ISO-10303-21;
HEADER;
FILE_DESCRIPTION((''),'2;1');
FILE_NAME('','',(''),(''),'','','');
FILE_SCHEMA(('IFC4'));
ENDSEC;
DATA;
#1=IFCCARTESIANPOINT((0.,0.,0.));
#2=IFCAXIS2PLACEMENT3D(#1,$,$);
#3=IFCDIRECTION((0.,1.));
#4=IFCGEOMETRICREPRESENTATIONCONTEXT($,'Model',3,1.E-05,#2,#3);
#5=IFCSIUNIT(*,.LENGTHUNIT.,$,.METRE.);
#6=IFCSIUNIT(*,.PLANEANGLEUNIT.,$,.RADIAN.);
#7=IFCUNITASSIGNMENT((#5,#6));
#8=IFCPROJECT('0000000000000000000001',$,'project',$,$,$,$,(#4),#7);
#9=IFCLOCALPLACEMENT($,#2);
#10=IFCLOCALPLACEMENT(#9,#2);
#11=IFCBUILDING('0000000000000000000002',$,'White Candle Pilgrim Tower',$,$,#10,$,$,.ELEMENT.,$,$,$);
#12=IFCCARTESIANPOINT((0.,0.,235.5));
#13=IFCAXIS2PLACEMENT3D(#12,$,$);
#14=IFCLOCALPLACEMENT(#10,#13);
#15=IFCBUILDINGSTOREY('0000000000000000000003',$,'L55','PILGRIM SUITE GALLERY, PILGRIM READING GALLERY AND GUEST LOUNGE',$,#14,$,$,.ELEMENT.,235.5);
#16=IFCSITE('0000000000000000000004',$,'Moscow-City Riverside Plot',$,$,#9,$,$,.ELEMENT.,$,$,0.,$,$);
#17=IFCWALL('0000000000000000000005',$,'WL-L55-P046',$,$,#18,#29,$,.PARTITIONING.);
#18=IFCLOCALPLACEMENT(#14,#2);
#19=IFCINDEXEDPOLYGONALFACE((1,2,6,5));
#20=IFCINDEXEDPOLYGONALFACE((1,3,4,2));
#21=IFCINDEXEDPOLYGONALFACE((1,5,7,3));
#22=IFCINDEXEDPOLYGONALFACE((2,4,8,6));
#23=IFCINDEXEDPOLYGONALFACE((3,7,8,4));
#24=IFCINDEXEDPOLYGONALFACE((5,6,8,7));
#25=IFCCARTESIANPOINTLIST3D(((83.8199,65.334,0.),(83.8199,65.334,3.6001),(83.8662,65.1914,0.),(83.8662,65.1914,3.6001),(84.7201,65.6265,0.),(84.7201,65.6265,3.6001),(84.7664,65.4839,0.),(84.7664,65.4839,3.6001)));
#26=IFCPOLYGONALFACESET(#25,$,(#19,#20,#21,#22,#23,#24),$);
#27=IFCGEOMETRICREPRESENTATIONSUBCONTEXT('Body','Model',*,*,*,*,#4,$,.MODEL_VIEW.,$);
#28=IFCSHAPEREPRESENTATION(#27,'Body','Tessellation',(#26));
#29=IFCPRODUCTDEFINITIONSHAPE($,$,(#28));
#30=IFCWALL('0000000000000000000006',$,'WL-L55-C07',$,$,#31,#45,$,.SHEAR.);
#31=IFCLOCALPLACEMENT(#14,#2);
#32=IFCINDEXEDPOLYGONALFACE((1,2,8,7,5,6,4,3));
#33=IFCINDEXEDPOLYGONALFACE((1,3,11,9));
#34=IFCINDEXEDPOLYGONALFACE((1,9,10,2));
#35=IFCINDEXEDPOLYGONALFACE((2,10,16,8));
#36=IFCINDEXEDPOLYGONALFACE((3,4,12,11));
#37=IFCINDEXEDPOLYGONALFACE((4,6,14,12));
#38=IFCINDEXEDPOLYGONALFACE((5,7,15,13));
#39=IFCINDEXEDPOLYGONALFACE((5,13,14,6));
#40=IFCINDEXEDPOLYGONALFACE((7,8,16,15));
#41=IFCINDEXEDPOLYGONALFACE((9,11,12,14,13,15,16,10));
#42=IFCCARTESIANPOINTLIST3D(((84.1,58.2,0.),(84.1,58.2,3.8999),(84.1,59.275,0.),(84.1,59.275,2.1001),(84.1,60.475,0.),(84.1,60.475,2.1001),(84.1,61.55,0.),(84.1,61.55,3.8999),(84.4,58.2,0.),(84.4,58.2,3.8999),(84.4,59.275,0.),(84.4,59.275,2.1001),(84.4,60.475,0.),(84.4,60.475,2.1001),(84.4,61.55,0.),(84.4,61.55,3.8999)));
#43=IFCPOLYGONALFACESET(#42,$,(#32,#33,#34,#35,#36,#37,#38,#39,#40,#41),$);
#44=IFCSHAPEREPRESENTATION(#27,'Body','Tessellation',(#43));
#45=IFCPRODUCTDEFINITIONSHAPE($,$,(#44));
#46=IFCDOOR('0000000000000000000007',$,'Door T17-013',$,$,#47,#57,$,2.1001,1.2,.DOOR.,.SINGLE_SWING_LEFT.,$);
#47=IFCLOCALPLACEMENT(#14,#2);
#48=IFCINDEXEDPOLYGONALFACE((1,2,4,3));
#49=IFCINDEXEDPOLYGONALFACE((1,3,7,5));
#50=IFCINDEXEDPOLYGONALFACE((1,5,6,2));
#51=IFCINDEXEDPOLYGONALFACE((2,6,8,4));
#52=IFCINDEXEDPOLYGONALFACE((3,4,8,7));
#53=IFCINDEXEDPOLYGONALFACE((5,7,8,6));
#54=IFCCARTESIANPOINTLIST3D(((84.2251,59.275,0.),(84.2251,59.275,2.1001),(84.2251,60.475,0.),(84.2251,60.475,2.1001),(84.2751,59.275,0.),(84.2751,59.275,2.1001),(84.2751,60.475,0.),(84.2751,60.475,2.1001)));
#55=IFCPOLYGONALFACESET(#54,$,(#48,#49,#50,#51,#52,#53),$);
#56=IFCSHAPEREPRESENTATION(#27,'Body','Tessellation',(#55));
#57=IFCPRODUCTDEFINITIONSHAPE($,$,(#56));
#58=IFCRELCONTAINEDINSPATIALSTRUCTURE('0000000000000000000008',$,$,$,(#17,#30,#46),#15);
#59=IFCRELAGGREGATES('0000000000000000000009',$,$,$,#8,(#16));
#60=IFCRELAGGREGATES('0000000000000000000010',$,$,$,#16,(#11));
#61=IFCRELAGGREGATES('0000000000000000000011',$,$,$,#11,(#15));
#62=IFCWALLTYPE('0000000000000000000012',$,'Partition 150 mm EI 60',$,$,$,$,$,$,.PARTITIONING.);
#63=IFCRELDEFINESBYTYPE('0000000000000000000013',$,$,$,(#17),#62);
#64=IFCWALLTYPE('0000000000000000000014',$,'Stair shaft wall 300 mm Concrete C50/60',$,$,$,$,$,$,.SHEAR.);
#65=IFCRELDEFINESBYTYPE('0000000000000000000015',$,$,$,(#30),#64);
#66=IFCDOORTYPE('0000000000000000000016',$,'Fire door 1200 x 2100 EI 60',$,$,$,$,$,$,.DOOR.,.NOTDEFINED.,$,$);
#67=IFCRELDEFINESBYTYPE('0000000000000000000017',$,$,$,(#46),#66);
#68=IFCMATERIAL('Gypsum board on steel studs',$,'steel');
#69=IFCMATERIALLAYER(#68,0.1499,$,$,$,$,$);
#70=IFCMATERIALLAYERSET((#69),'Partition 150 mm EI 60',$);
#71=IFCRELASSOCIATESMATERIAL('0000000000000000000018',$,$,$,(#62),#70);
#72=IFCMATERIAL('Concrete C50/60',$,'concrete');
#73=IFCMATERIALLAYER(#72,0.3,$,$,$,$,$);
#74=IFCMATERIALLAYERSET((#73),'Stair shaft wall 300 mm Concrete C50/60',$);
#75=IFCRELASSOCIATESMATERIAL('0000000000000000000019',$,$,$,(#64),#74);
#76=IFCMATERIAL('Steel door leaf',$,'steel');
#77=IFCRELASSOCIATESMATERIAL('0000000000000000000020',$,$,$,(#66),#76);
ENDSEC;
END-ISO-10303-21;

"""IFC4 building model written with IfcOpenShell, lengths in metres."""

from ifc_helpers import new_model, si_unit, direction, frame, frame_2d, origin, place, context, subcontext, project, spatial, rectangle, extrude, material, layer, layer_set, type_object, element, fill, save


model = new_model("IFC4")

# Units and contexts
model_context = context("Model", 3, precision=1e-05, world=origin(), true_north=direction((0.0, 1.0)))
body_context = subcontext(model_context, "Body", "Model", "MODEL_VIEW")
ifc_project = project(units=[si_unit("LENGTHUNIT", "METRE"), si_unit("PLANEANGLEUNIT", "RADIAN")], contexts=[model_context])

# Site, building, storey
site_placement = place(None, origin())
site = spatial("IfcSite", under=ifc_project, at=site_placement, Name="Moscow-City Riverside Plot", CompositionType="ELEMENT", RefElevation=0.0)
building_placement = place(site_placement, origin())
building = spatial("IfcBuilding", under=site, at=building_placement, Name="White Candle Pilgrim Tower", CompositionType="ELEMENT")
storey_placement = place(building_placement, frame((0.0, 0.0, 235.5)))
storey = spatial("IfcBuildingStorey", under=building, at=storey_placement, Name="L55", Description="PILGRIM SUITE GALLERY, PILGRIM READING GALLERY AND GUEST LOUNGE", CompositionType="ELEMENT", Elevation=235.5)

# Shared definitions
ifc_material_1 = material(Name="Concrete C50/60", Category="concrete")

# Shared definitions
ifc_material_2 = material(Name="Gypsum board on steel studs", Category="steel")
ifc_material_3 = material(Name="Steel door leaf", Category="steel")

# Shared definitions
ifc_layer_1 = layer(ifc_material_2, 0.1499)
ifc_layer_set_1 = layer_set([ifc_layer_1], Name="Partition 150 mm EI 60")
wall_type_1 = type_object("IfcWallType", Name="Partition 150 mm EI 60", PredefinedType="PARTITIONING", material=ifc_layer_set_1)

# Wall
wall_1_placement = place(storey_placement, frame((84.7432, 65.5552, 0.0), z_axis=(0.0, 0.0, 1.0), x_axis=(-0.951055, -0.309022, 0.0)))
element("IfcWall", 1, at=wall_1_placement, inside=storey, type_object=wall_type_1, Name="WL-L55-P046", PredefinedType="PARTITIONING", context=body_context, shape_type="SweptSolid", body=[
    extrude(rectangle(XDim=0.9465, YDim=0.1499, at=frame_2d((0.4731, 0.0))), origin(), (0.0, 0.0, 1.0), 3.6001),
])

# Wall, opening, door
ifc_layer_2 = layer(ifc_material_1, 0.3)
ifc_layer_set_2 = layer_set([ifc_layer_2], Name="Stair shaft wall 300 mm Concrete C50/60")
wall_type_2 = type_object("IfcWallType", Name="Stair shaft wall 300 mm Concrete C50/60", PredefinedType="SHEAR", material=ifc_layer_set_2)
wall_2_placement = place(storey_placement, frame((84.25, 58.2, 0.0), z_axis=(0.0, 0.0, 1.0), x_axis=(0.0, 1.0, 0.0)))
wall_2 = element("IfcWall", 2, at=wall_2_placement, inside=storey, type_object=wall_type_2, Name="WL-L55-C07", PredefinedType="SHEAR", context=body_context, shape_type="SweptSolid", body=[
    extrude(rectangle(XDim=3.3501, YDim=0.3, at=frame_2d((1.675, 0.0))), origin(), (0.0, 0.0, 1.0), 3.8999),
])
opening_1_placement = place(wall_2_placement, frame((1.075, 0.0, 0.0)))
opening_1 = element("IfcOpeningElement", 3, at=opening_1_placement, cuts=wall_2, PredefinedType="OPENING", context=body_context, shape_type="SweptSolid", body=[
    extrude(rectangle(XDim=1.2, YDim=2.1001, at=frame_2d((0.6001, 1.05))), frame((0.0, 0.1599, 0.0), z_axis=(0.0, -1.0, 0.0), x_axis=(1.0, 0.0, 0.0)), (0.0, 0.0, 1.0), 0.3201),
])
door_type_1 = type_object("IfcDoorType", Name="Fire door 1200 x 2100 EI 60", OperationType="NOTDEFINED", PredefinedType="DOOR", material=ifc_material_3)
door_1_placement = place(opening_1_placement, origin())
door_1 = element("IfcDoor", 4, at=door_1_placement, inside=storey, type_object=door_type_1, Name="Door T17-013", OperationType="SINGLE_SWING_LEFT", OverallHeight=2.1001, OverallWidth=1.2, PredefinedType="DOOR", context=body_context, shape_type="SweptSolid", body=[
    extrude(rectangle(XDim=1.2, YDim=2.1001, at=frame_2d((0.6001, 1.05))), frame((0.0, 0.0249, 0.0), z_axis=(0.0, -1.0, 0.0), x_axis=(1.0, 0.0, 0.0)), (0.0, 0.0, 1.0), 0.05),
])
fill(opening_1, door_1)

save(model, "model.ifc")
